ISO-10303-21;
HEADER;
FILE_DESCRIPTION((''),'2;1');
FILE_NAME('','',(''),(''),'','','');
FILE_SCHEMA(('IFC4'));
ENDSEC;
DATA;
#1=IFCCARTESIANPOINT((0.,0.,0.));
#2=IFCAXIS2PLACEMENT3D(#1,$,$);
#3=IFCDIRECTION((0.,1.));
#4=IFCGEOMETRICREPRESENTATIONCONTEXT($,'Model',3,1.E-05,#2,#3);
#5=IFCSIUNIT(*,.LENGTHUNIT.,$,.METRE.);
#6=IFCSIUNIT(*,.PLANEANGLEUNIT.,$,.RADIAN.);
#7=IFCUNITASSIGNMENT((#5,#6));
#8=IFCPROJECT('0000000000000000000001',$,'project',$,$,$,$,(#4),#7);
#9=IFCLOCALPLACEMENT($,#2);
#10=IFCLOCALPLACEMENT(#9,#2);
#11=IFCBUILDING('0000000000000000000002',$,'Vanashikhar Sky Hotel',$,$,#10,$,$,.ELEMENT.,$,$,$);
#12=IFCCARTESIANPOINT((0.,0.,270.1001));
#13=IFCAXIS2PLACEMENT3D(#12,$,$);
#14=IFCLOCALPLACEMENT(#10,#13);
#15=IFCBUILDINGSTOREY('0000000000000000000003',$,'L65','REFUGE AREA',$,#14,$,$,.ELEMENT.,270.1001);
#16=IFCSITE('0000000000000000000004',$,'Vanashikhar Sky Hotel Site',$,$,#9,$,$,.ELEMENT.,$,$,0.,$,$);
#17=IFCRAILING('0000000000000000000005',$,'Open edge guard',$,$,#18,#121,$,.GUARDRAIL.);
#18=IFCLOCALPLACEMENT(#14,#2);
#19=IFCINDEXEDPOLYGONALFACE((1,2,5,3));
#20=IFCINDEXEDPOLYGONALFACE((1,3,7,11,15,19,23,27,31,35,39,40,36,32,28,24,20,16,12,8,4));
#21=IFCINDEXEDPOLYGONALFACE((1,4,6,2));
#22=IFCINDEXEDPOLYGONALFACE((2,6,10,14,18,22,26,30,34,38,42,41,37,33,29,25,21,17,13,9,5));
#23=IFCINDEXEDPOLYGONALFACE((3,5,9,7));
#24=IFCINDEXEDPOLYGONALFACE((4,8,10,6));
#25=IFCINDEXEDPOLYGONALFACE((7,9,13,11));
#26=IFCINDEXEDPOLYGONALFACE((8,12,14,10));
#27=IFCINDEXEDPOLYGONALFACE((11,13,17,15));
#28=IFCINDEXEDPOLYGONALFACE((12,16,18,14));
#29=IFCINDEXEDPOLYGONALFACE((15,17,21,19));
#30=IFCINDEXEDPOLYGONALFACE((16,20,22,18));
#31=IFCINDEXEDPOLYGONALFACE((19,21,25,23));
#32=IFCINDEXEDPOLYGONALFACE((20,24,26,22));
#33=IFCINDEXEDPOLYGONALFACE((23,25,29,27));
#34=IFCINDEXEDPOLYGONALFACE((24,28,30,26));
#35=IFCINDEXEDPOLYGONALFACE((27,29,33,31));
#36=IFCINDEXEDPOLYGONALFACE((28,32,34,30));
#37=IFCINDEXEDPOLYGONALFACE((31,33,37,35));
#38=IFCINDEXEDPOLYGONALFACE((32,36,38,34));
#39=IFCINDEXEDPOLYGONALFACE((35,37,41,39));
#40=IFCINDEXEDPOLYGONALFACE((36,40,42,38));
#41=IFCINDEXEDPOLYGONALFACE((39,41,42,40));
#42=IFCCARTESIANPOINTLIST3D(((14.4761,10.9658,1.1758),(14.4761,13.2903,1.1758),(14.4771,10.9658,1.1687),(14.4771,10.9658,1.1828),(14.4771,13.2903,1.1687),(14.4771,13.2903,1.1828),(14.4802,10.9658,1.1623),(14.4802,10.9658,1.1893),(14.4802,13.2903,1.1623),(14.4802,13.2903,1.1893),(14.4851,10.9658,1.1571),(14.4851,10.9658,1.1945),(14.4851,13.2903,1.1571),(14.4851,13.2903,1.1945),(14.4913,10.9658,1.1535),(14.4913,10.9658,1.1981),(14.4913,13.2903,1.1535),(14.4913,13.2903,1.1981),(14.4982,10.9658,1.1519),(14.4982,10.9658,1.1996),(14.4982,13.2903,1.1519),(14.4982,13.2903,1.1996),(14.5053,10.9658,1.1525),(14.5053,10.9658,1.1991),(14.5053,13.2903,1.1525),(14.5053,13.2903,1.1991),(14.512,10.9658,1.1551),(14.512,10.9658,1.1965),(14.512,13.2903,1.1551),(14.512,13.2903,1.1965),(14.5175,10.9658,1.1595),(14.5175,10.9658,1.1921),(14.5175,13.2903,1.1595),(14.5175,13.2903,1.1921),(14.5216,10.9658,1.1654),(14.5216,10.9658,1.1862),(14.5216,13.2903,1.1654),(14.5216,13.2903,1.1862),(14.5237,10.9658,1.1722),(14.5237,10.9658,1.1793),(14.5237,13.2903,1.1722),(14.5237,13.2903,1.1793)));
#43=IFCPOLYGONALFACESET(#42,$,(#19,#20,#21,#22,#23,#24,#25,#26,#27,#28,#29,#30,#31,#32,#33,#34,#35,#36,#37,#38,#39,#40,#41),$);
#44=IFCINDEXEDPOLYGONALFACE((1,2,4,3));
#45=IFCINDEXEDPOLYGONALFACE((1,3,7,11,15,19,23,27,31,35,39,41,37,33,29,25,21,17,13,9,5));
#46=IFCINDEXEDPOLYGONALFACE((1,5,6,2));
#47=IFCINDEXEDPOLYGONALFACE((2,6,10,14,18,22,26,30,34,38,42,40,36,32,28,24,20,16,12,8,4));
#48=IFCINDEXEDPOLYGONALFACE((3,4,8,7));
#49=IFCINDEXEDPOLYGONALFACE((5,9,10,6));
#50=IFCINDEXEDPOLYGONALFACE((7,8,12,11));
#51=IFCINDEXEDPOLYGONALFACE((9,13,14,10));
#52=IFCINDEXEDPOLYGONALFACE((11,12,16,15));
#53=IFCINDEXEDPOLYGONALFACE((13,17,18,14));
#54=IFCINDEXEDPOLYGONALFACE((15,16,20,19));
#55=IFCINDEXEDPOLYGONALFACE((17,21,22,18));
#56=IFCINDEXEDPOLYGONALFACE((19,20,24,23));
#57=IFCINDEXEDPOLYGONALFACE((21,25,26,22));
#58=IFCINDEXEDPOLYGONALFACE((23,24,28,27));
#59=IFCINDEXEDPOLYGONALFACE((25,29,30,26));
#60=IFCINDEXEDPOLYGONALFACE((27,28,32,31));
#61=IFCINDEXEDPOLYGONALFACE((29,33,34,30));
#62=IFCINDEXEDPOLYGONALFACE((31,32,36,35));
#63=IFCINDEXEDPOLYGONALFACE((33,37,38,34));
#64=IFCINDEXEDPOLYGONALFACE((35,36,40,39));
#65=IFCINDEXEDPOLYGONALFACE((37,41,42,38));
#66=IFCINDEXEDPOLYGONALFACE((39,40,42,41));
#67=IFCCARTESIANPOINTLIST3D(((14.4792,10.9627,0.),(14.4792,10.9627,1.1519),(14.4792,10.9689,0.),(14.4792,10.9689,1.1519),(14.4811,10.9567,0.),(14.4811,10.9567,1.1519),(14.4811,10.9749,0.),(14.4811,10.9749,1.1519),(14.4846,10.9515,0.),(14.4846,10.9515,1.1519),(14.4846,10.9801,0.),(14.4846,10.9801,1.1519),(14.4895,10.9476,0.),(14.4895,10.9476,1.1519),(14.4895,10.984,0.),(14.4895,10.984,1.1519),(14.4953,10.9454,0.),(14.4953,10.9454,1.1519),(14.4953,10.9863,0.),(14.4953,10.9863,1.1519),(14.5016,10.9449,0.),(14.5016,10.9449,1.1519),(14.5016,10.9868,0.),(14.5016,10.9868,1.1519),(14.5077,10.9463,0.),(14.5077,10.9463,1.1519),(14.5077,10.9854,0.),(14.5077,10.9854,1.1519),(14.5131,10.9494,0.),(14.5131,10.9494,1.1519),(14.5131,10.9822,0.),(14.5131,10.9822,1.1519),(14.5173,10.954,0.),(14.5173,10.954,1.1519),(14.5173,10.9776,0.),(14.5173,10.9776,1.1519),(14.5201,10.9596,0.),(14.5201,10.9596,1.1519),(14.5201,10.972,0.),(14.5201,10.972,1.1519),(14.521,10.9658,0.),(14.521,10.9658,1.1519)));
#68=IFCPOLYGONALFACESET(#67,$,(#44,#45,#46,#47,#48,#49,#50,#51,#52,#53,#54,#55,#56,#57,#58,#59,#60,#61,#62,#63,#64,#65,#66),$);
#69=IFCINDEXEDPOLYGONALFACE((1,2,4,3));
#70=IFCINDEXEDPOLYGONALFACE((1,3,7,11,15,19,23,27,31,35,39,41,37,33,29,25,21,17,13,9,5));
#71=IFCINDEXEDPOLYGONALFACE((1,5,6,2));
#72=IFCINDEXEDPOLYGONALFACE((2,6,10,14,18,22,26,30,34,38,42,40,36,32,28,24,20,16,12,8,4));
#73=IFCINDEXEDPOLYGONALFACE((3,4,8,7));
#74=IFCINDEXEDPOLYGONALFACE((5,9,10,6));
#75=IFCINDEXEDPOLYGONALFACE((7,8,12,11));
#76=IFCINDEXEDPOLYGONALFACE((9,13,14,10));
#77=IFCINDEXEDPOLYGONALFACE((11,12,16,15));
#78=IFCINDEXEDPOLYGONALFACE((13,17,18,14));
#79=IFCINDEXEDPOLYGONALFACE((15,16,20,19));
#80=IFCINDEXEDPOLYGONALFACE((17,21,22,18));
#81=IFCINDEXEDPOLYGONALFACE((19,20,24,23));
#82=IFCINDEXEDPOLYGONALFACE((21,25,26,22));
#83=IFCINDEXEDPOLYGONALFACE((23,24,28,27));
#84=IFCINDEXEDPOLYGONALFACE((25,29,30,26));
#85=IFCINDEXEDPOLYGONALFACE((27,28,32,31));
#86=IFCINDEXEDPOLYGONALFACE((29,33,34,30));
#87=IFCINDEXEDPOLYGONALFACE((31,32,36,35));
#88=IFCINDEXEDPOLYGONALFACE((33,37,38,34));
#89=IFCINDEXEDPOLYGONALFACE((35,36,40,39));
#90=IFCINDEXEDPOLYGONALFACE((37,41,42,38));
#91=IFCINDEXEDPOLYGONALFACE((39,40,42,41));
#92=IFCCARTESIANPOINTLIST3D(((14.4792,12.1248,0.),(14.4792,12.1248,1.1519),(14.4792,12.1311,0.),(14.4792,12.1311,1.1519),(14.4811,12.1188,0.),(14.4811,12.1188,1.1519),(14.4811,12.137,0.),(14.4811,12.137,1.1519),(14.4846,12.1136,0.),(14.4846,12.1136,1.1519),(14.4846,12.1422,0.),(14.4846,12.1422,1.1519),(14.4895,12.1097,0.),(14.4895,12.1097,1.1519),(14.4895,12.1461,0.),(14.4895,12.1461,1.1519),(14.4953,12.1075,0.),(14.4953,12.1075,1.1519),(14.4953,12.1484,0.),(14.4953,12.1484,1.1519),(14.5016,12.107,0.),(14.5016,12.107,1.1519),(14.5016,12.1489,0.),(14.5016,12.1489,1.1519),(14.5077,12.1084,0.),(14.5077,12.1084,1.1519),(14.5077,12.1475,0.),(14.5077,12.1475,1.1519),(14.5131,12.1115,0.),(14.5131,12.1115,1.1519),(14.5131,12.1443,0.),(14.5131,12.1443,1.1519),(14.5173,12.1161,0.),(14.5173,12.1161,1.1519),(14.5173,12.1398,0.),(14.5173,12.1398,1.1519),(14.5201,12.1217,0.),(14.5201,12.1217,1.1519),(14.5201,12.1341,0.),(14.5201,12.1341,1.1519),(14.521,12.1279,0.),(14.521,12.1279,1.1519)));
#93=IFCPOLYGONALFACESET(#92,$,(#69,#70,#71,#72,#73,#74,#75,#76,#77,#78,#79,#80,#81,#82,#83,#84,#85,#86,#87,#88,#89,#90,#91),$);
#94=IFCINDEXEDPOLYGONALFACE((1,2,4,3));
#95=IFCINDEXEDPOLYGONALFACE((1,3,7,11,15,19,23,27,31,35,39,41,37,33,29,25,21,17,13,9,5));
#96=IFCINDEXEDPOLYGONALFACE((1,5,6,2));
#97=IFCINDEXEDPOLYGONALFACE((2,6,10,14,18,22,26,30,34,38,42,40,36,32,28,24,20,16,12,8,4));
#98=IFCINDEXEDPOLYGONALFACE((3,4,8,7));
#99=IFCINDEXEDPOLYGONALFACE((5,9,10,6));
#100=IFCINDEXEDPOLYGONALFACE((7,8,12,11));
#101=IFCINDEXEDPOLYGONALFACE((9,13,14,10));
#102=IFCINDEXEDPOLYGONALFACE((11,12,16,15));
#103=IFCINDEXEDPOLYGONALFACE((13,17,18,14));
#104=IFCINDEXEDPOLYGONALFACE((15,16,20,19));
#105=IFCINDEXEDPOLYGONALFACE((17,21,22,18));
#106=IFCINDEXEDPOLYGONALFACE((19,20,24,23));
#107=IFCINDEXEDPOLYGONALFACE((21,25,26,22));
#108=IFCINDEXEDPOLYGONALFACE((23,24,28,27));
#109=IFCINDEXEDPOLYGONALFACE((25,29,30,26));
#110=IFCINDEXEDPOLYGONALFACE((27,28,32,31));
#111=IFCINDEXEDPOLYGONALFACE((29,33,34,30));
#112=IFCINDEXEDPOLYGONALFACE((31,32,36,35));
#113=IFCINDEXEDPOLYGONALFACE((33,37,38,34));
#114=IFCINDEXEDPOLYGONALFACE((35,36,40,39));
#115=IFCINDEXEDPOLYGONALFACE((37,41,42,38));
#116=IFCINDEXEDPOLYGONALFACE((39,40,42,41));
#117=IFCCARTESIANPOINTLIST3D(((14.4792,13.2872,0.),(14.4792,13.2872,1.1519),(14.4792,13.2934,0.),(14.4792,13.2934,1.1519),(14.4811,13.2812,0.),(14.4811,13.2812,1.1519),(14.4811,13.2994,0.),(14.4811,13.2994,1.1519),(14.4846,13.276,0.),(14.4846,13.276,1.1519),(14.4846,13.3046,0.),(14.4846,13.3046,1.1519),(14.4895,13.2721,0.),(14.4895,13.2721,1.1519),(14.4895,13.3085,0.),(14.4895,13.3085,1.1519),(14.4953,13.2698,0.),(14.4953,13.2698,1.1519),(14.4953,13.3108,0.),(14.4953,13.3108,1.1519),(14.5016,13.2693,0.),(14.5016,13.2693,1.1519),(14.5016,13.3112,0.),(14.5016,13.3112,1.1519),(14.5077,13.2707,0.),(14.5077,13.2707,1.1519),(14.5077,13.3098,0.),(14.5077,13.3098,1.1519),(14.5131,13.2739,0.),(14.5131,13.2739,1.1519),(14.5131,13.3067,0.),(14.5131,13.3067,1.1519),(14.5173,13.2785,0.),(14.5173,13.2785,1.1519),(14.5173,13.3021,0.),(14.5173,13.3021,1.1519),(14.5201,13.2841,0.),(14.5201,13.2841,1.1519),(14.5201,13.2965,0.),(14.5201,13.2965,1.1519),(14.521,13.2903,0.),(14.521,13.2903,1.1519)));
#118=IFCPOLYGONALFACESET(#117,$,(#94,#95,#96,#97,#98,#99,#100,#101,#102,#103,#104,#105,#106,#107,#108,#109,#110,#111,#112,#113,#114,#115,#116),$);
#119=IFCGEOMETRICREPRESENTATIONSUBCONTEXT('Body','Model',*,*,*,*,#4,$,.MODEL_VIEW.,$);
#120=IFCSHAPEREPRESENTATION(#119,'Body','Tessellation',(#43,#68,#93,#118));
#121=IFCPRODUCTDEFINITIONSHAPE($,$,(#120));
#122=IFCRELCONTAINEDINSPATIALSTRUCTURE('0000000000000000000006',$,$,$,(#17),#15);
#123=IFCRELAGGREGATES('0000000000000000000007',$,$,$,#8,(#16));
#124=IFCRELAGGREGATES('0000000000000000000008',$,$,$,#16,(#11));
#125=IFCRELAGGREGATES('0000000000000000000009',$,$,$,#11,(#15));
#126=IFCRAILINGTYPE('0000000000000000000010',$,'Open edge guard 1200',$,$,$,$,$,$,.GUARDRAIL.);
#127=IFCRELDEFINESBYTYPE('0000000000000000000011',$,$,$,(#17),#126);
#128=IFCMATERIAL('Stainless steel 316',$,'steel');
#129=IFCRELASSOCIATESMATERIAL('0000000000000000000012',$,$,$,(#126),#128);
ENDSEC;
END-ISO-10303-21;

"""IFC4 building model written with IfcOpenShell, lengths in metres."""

from ifc_helpers import new_model, si_unit, direction, frame, origin, origin_2d, place, context, subcontext, project, spatial, circle, extrude, source, transform, mapped, material, type_object, element, save


model = new_model("IFC4")

# Units and contexts
model_context = context("Model", 3, precision=1e-05, world=origin(), true_north=direction((0.0, 1.0)))
body_context = subcontext(model_context, "Body", "Model", "MODEL_VIEW")
ifc_project = project(units=[si_unit("LENGTHUNIT", "METRE"), si_unit("PLANEANGLEUNIT", "RADIAN")], contexts=[model_context])

# Site, building, storey
site_placement = place(None, origin())
site = spatial("IfcSite", under=ifc_project, at=site_placement, Name="Vanashikhar Sky Hotel Site", CompositionType="ELEMENT", RefElevation=0.0)
building_placement = place(site_placement, origin())
building = spatial("IfcBuilding", under=site, at=building_placement, Name="Vanashikhar Sky Hotel", CompositionType="ELEMENT")
storey_placement = place(building_placement, frame((0.0, 0.0, 270.1001)))
storey = spatial("IfcBuildingStorey", under=building, at=storey_placement, Name="L65", Description="REFUGE AREA", CompositionType="ELEMENT", Elevation=270.1001)

# Railing
ifc_material_1 = material(Name="Stainless steel 316", Category="steel")
railing_type = type_object("IfcRailingType", Name="Open edge guard 1200", PredefinedType="GUARDRAIL", material=ifc_material_1)
shared_shape_1 = source(origin(), body_context, "Body", "SweptSolid", [
    extrude(circle(Radius=0.0239, at=origin_2d()), frame((0.0, 0.0, 1.1758), z_axis=(0.0, 1.0, 0.0), x_axis=(-1.0, 0.0, 0.0)), (0.0, 0.0, 1.0), 2.3245),
    extrude(circle(Radius=0.021, at=origin_2d()), origin(), (0.0, 0.0, 1.0), 1.1519),
    extrude(circle(Radius=0.021, at=origin_2d()), frame((0.0, 1.1621, 0.0)), (0.0, 0.0, 1.0), 1.1519),
    extrude(circle(Radius=0.021, at=origin_2d()), frame((0.0, 2.3245, 0.0)), (0.0, 0.0, 1.0), 1.1519),
])
for number, where, name in (
    (1, (14.5, 10.9658, 0.0), "Open edge guard"),
):
    element("IfcRailing", number, at=place(storey_placement, frame(where)), inside=storey, type_object=railing_type, Name=name, PredefinedType="GUARDRAIL", context=body_context, shape_type="MappedRepresentation", body=[
        mapped(shared_shape_1, transform((0.0, 0.0, 0.0), scale=1.0)),
    ])

save(model, "model.ifc")
